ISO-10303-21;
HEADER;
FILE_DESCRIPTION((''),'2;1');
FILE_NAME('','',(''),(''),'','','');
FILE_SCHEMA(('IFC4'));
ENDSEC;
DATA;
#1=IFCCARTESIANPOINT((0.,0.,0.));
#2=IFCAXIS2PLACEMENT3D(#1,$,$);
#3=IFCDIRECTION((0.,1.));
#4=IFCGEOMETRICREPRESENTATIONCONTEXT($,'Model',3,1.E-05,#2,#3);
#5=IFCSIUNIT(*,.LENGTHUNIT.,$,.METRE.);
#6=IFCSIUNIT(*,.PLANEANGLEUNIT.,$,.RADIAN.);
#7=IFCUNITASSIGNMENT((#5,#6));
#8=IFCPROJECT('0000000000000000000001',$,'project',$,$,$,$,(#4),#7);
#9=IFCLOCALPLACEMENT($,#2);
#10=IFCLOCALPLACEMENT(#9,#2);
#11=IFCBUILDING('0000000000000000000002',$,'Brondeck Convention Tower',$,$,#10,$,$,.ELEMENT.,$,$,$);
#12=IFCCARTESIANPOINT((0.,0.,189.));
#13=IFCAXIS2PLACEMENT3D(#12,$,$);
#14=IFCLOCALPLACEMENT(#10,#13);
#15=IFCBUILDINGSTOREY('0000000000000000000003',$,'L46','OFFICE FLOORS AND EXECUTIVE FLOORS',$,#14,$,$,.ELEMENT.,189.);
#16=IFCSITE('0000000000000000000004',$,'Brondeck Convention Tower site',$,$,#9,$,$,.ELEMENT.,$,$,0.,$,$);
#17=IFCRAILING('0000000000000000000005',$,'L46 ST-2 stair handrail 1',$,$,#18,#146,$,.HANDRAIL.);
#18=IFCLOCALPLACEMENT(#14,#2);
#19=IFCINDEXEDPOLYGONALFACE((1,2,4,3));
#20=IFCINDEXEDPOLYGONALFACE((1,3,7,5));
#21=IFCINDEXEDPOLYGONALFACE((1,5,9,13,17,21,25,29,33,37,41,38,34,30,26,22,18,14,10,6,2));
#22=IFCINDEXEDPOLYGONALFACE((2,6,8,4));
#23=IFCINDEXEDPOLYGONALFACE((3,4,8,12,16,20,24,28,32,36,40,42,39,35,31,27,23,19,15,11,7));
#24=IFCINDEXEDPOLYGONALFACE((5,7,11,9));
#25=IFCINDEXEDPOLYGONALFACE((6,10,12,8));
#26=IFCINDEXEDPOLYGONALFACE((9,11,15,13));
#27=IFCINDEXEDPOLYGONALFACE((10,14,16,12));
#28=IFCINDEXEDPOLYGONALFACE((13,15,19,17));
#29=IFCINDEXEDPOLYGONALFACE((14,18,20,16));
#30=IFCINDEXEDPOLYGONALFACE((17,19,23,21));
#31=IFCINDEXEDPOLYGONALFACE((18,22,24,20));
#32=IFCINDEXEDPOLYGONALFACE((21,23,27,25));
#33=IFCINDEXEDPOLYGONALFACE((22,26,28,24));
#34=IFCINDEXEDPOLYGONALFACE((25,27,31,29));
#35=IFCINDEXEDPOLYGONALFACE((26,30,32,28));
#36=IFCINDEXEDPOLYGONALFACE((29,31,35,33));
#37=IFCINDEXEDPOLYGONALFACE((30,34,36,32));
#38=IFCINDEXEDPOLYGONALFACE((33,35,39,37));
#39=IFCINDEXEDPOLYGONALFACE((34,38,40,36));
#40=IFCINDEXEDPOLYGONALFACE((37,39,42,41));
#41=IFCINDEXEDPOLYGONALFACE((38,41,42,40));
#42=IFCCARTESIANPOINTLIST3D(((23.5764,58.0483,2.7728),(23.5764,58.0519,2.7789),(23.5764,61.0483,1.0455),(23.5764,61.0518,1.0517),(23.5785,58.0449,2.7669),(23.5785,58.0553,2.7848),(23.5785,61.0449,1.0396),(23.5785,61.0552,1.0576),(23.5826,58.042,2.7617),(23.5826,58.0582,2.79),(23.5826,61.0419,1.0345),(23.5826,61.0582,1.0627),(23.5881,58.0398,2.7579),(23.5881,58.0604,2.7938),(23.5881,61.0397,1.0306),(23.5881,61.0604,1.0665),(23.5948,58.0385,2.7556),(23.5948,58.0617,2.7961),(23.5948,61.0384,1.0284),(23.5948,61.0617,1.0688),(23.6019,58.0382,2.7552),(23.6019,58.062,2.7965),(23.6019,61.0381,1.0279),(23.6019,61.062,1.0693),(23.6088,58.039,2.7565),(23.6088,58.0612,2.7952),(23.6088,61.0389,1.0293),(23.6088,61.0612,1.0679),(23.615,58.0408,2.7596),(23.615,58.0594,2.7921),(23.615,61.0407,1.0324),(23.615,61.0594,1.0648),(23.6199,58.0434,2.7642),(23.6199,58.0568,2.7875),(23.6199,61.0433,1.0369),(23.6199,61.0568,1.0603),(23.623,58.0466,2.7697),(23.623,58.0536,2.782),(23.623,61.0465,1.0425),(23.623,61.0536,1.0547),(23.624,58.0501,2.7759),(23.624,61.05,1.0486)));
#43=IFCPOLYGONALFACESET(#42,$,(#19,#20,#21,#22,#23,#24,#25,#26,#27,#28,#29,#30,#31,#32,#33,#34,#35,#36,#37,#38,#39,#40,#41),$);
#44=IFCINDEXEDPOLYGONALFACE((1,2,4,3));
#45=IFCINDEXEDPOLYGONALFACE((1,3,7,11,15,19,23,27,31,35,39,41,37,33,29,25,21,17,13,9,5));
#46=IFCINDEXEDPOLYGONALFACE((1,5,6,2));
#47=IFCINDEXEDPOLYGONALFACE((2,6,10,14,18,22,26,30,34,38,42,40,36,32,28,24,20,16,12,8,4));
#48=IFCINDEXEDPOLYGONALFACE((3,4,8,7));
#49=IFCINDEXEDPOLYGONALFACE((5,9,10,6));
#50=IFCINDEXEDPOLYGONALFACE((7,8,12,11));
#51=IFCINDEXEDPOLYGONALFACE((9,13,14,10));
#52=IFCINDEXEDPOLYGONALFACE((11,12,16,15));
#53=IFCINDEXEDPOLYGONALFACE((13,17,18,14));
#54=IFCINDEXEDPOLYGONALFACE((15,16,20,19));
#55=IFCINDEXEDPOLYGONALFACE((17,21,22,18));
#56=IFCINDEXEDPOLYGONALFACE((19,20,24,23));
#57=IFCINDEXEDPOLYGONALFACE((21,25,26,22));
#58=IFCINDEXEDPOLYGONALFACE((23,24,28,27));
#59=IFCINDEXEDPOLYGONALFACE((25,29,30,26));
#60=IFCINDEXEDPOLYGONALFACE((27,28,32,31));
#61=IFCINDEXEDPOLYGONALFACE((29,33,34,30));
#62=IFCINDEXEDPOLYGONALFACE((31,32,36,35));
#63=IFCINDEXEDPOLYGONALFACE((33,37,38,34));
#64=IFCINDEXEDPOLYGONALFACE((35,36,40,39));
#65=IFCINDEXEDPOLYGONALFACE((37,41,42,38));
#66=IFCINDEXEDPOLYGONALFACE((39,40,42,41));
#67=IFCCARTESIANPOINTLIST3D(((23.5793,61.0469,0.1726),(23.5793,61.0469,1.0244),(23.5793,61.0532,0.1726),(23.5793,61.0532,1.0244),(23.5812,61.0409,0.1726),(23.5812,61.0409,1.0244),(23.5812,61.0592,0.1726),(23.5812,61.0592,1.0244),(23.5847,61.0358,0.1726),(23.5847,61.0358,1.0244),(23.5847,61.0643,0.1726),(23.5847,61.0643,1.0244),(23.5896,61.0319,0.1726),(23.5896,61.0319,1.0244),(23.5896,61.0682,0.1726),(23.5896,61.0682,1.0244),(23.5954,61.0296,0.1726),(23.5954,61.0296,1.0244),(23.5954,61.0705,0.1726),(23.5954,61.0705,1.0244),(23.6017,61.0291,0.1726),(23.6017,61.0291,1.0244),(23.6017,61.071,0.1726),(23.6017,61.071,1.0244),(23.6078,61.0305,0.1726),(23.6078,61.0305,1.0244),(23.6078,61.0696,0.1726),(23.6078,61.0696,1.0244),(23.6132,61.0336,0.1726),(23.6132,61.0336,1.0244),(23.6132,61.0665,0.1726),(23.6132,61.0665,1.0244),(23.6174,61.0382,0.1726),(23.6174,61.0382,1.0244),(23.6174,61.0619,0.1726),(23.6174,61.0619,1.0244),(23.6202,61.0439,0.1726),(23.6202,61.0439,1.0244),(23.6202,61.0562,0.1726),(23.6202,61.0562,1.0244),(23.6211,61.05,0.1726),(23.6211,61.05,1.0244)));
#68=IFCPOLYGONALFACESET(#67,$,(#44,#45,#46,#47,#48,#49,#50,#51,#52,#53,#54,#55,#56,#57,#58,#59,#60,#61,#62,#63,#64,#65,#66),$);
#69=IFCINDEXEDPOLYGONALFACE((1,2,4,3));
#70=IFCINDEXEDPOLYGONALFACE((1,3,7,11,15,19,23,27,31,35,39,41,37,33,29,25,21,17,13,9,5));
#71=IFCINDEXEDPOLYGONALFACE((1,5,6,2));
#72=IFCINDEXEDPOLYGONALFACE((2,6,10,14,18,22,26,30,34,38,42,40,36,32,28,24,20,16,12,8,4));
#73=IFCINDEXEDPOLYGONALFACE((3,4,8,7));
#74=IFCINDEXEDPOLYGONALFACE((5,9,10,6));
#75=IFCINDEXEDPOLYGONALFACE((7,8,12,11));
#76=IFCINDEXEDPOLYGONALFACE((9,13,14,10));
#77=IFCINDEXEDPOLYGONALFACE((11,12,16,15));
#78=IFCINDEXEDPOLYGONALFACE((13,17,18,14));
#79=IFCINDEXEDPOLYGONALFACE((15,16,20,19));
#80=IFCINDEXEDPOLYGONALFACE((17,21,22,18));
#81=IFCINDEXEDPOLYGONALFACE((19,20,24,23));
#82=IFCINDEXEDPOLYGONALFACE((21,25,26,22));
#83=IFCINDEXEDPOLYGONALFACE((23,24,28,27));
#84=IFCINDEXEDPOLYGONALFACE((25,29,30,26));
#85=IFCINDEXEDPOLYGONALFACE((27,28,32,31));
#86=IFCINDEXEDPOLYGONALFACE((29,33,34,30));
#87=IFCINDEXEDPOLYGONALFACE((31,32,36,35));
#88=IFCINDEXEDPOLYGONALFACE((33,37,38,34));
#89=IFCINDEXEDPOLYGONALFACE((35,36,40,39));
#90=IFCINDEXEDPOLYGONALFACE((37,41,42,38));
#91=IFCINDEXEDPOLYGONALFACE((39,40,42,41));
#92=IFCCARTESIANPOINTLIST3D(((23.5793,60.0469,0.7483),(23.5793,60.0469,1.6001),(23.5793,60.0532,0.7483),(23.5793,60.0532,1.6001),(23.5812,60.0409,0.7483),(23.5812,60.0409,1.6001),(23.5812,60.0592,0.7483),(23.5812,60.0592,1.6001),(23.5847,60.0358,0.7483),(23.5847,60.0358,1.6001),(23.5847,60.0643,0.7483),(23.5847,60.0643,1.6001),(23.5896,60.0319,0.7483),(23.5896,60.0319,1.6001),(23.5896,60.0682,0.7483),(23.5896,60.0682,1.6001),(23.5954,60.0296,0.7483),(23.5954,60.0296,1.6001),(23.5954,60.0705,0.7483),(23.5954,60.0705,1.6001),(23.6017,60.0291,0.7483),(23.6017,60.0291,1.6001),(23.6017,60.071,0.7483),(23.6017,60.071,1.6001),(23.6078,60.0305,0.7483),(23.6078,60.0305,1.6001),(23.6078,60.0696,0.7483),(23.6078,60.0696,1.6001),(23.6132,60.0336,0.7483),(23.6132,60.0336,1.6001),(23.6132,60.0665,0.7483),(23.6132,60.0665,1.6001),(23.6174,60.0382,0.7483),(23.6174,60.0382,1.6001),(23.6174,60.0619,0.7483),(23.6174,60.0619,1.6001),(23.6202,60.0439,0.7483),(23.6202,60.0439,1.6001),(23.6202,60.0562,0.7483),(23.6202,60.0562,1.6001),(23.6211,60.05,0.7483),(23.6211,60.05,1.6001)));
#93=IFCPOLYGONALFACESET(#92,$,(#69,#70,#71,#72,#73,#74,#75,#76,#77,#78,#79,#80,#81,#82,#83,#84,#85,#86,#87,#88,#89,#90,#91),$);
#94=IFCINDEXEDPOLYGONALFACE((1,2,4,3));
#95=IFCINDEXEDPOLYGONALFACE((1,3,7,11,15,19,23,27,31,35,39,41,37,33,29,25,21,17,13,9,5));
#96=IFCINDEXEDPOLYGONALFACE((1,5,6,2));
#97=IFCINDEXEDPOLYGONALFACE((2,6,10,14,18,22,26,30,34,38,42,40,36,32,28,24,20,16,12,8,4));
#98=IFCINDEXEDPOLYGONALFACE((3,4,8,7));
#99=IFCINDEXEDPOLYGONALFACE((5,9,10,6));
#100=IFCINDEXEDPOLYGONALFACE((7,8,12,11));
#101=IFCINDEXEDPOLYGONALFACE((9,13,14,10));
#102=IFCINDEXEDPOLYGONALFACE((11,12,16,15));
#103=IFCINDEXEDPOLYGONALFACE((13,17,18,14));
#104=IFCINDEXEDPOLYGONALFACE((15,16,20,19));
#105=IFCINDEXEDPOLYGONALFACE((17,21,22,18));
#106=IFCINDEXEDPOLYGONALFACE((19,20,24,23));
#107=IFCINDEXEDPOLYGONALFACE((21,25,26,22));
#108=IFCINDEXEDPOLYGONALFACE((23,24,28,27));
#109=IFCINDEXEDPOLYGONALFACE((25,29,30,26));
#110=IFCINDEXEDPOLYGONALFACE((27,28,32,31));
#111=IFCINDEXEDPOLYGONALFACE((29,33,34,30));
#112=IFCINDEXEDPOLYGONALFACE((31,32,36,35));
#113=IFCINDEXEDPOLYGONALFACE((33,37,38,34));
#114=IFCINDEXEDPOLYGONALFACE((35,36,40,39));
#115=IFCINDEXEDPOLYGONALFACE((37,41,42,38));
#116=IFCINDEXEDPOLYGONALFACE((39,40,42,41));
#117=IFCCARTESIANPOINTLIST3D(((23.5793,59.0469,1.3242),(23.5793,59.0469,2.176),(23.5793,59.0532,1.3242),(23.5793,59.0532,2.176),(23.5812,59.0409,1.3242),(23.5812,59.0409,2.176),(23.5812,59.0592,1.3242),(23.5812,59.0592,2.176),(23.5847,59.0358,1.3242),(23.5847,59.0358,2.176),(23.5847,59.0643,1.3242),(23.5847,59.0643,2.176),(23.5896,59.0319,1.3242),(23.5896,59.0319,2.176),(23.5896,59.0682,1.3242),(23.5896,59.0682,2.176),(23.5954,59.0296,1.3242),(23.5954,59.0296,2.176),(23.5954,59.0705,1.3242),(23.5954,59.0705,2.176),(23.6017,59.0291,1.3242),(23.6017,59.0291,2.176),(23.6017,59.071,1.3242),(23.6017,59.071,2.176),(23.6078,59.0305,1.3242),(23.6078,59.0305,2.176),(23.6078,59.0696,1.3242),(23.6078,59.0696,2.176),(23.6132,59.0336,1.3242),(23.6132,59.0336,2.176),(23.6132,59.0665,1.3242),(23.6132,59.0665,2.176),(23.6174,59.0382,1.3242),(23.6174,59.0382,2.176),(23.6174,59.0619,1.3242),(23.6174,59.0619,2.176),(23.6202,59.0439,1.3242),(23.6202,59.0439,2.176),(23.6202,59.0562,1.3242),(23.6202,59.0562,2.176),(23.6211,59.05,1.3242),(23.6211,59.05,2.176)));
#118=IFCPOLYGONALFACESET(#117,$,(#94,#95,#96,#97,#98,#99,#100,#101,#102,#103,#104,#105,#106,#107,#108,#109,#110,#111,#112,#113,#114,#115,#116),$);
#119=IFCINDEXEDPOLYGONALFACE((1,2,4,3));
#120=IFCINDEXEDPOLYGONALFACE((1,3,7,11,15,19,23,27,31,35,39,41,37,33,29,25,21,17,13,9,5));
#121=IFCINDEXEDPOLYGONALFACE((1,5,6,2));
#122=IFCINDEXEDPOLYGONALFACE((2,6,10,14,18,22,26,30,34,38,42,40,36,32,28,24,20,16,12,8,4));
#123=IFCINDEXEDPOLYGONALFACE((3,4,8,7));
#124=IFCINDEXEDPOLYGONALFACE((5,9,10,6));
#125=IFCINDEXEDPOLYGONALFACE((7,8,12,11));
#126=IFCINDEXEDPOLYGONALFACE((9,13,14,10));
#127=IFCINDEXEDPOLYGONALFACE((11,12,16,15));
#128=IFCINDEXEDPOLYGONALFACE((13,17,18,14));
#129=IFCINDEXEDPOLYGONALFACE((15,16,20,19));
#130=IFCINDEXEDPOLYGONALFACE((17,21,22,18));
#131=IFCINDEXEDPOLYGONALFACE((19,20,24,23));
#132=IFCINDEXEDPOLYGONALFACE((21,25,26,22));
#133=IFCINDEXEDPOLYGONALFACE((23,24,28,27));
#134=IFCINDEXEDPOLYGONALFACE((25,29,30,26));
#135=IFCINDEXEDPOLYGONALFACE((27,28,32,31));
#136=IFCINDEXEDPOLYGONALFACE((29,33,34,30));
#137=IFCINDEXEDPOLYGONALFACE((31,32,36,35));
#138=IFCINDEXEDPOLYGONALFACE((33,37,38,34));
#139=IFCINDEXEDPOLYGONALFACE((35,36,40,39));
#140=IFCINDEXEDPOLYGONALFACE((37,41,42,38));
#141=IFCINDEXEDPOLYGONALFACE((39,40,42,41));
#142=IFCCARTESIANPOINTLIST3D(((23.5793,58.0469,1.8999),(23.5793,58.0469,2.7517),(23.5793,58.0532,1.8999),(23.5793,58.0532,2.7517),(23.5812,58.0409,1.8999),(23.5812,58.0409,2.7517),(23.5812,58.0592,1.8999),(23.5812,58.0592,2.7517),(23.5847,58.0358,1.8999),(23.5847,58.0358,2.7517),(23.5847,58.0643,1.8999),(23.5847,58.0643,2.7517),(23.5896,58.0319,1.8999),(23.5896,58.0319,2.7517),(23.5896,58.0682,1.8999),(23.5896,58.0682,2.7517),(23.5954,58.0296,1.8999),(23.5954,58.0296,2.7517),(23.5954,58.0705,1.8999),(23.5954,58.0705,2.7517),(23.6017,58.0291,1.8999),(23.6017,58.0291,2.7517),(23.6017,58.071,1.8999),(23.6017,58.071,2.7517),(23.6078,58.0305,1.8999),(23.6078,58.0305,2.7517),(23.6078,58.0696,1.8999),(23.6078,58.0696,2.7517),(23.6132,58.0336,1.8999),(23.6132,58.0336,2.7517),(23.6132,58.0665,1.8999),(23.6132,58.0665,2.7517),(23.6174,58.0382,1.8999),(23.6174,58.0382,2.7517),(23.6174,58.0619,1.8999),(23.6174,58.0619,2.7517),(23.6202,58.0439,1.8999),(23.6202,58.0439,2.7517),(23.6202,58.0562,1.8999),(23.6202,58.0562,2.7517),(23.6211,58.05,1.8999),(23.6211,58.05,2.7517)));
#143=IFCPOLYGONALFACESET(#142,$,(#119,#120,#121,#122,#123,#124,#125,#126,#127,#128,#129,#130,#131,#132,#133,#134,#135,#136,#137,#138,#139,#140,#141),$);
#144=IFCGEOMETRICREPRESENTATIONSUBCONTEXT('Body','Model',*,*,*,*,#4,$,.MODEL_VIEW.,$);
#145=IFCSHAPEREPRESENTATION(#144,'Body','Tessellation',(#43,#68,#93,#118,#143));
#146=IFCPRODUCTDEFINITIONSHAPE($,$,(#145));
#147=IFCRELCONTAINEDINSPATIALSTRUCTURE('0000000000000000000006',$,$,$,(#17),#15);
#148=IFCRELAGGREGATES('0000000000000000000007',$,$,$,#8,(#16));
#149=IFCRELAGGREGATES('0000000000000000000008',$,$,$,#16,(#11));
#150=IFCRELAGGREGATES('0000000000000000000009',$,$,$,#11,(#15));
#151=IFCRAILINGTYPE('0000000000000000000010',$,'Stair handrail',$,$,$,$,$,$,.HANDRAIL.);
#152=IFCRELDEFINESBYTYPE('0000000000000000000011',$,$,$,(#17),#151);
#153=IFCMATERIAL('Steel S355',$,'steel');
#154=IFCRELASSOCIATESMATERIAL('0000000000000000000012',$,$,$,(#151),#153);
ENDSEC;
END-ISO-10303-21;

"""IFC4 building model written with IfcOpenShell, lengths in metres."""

from ifc_helpers import new_model, si_unit, direction, frame, origin, origin_2d, place, context, subcontext, project, spatial, circle, extrude, material, type_object, element, save


model = new_model("IFC4")

# Units and contexts
model_context = context("Model", 3, precision=1e-05, world=origin(), true_north=direction((0.0, 1.0)))
body_context = subcontext(model_context, "Body", "Model", "MODEL_VIEW")
ifc_project = project(units=[si_unit("LENGTHUNIT", "METRE"), si_unit("PLANEANGLEUNIT", "RADIAN")], contexts=[model_context])

# Site, building, storey
site_placement = place(None, origin())
site = spatial("IfcSite", under=ifc_project, at=site_placement, Name="Brondeck Convention Tower site", CompositionType="ELEMENT", RefElevation=0.0)
building_placement = place(site_placement, origin())
building = spatial("IfcBuilding", under=site, at=building_placement, Name="Brondeck Convention Tower", CompositionType="ELEMENT")
storey_placement = place(building_placement, frame((0.0, 0.0, 189.0)))
storey = spatial("IfcBuildingStorey", under=building, at=storey_placement, Name="L46", Description="OFFICE FLOORS AND EXECUTIVE FLOORS", CompositionType="ELEMENT", Elevation=189.0)

# Shared definitions
ifc_material_1 = material(Name="Steel S355", Category="steel")

# Railing
railing_type_1 = type_object("IfcRailingType", Name="Stair handrail", PredefinedType="HANDRAIL", material=ifc_material_1)
railing_1_placement = place(storey_placement, frame((23.6001, 61.05, 0.1726)))
element("IfcRailing", 1, at=railing_1_placement, inside=storey, type_object=railing_type_1, Name="L46 ST-2 stair handrail 1", PredefinedType="HANDRAIL", context=body_context, shape_type="SweptSolid", body=[
    extrude(circle(Radius=0.0239, at=origin_2d()), frame((0.0, 0.0, 0.876), z_axis=(0.0, -0.86662, 0.498969), x_axis=(1.0, 0.0, 0.0)), (0.0, 0.0, 1.0), 3.4617),
    extrude(circle(Radius=0.021, at=origin_2d()), origin(), (0.0, 0.0, 1.0), 0.8518),
    extrude(circle(Radius=0.021, at=origin_2d()), frame((0.0, -1.0, 0.5757)), (0.0, 0.0, 1.0), 0.8518),
    extrude(circle(Radius=0.021, at=origin_2d()), frame((0.0, -2.0, 1.1516)), (0.0, 0.0, 1.0), 0.8518),
    extrude(circle(Radius=0.021, at=origin_2d()), frame((0.0, -3.0, 1.7273)), (0.0, 0.0, 1.0), 0.8518),
])

save(model, "model.ifc")
